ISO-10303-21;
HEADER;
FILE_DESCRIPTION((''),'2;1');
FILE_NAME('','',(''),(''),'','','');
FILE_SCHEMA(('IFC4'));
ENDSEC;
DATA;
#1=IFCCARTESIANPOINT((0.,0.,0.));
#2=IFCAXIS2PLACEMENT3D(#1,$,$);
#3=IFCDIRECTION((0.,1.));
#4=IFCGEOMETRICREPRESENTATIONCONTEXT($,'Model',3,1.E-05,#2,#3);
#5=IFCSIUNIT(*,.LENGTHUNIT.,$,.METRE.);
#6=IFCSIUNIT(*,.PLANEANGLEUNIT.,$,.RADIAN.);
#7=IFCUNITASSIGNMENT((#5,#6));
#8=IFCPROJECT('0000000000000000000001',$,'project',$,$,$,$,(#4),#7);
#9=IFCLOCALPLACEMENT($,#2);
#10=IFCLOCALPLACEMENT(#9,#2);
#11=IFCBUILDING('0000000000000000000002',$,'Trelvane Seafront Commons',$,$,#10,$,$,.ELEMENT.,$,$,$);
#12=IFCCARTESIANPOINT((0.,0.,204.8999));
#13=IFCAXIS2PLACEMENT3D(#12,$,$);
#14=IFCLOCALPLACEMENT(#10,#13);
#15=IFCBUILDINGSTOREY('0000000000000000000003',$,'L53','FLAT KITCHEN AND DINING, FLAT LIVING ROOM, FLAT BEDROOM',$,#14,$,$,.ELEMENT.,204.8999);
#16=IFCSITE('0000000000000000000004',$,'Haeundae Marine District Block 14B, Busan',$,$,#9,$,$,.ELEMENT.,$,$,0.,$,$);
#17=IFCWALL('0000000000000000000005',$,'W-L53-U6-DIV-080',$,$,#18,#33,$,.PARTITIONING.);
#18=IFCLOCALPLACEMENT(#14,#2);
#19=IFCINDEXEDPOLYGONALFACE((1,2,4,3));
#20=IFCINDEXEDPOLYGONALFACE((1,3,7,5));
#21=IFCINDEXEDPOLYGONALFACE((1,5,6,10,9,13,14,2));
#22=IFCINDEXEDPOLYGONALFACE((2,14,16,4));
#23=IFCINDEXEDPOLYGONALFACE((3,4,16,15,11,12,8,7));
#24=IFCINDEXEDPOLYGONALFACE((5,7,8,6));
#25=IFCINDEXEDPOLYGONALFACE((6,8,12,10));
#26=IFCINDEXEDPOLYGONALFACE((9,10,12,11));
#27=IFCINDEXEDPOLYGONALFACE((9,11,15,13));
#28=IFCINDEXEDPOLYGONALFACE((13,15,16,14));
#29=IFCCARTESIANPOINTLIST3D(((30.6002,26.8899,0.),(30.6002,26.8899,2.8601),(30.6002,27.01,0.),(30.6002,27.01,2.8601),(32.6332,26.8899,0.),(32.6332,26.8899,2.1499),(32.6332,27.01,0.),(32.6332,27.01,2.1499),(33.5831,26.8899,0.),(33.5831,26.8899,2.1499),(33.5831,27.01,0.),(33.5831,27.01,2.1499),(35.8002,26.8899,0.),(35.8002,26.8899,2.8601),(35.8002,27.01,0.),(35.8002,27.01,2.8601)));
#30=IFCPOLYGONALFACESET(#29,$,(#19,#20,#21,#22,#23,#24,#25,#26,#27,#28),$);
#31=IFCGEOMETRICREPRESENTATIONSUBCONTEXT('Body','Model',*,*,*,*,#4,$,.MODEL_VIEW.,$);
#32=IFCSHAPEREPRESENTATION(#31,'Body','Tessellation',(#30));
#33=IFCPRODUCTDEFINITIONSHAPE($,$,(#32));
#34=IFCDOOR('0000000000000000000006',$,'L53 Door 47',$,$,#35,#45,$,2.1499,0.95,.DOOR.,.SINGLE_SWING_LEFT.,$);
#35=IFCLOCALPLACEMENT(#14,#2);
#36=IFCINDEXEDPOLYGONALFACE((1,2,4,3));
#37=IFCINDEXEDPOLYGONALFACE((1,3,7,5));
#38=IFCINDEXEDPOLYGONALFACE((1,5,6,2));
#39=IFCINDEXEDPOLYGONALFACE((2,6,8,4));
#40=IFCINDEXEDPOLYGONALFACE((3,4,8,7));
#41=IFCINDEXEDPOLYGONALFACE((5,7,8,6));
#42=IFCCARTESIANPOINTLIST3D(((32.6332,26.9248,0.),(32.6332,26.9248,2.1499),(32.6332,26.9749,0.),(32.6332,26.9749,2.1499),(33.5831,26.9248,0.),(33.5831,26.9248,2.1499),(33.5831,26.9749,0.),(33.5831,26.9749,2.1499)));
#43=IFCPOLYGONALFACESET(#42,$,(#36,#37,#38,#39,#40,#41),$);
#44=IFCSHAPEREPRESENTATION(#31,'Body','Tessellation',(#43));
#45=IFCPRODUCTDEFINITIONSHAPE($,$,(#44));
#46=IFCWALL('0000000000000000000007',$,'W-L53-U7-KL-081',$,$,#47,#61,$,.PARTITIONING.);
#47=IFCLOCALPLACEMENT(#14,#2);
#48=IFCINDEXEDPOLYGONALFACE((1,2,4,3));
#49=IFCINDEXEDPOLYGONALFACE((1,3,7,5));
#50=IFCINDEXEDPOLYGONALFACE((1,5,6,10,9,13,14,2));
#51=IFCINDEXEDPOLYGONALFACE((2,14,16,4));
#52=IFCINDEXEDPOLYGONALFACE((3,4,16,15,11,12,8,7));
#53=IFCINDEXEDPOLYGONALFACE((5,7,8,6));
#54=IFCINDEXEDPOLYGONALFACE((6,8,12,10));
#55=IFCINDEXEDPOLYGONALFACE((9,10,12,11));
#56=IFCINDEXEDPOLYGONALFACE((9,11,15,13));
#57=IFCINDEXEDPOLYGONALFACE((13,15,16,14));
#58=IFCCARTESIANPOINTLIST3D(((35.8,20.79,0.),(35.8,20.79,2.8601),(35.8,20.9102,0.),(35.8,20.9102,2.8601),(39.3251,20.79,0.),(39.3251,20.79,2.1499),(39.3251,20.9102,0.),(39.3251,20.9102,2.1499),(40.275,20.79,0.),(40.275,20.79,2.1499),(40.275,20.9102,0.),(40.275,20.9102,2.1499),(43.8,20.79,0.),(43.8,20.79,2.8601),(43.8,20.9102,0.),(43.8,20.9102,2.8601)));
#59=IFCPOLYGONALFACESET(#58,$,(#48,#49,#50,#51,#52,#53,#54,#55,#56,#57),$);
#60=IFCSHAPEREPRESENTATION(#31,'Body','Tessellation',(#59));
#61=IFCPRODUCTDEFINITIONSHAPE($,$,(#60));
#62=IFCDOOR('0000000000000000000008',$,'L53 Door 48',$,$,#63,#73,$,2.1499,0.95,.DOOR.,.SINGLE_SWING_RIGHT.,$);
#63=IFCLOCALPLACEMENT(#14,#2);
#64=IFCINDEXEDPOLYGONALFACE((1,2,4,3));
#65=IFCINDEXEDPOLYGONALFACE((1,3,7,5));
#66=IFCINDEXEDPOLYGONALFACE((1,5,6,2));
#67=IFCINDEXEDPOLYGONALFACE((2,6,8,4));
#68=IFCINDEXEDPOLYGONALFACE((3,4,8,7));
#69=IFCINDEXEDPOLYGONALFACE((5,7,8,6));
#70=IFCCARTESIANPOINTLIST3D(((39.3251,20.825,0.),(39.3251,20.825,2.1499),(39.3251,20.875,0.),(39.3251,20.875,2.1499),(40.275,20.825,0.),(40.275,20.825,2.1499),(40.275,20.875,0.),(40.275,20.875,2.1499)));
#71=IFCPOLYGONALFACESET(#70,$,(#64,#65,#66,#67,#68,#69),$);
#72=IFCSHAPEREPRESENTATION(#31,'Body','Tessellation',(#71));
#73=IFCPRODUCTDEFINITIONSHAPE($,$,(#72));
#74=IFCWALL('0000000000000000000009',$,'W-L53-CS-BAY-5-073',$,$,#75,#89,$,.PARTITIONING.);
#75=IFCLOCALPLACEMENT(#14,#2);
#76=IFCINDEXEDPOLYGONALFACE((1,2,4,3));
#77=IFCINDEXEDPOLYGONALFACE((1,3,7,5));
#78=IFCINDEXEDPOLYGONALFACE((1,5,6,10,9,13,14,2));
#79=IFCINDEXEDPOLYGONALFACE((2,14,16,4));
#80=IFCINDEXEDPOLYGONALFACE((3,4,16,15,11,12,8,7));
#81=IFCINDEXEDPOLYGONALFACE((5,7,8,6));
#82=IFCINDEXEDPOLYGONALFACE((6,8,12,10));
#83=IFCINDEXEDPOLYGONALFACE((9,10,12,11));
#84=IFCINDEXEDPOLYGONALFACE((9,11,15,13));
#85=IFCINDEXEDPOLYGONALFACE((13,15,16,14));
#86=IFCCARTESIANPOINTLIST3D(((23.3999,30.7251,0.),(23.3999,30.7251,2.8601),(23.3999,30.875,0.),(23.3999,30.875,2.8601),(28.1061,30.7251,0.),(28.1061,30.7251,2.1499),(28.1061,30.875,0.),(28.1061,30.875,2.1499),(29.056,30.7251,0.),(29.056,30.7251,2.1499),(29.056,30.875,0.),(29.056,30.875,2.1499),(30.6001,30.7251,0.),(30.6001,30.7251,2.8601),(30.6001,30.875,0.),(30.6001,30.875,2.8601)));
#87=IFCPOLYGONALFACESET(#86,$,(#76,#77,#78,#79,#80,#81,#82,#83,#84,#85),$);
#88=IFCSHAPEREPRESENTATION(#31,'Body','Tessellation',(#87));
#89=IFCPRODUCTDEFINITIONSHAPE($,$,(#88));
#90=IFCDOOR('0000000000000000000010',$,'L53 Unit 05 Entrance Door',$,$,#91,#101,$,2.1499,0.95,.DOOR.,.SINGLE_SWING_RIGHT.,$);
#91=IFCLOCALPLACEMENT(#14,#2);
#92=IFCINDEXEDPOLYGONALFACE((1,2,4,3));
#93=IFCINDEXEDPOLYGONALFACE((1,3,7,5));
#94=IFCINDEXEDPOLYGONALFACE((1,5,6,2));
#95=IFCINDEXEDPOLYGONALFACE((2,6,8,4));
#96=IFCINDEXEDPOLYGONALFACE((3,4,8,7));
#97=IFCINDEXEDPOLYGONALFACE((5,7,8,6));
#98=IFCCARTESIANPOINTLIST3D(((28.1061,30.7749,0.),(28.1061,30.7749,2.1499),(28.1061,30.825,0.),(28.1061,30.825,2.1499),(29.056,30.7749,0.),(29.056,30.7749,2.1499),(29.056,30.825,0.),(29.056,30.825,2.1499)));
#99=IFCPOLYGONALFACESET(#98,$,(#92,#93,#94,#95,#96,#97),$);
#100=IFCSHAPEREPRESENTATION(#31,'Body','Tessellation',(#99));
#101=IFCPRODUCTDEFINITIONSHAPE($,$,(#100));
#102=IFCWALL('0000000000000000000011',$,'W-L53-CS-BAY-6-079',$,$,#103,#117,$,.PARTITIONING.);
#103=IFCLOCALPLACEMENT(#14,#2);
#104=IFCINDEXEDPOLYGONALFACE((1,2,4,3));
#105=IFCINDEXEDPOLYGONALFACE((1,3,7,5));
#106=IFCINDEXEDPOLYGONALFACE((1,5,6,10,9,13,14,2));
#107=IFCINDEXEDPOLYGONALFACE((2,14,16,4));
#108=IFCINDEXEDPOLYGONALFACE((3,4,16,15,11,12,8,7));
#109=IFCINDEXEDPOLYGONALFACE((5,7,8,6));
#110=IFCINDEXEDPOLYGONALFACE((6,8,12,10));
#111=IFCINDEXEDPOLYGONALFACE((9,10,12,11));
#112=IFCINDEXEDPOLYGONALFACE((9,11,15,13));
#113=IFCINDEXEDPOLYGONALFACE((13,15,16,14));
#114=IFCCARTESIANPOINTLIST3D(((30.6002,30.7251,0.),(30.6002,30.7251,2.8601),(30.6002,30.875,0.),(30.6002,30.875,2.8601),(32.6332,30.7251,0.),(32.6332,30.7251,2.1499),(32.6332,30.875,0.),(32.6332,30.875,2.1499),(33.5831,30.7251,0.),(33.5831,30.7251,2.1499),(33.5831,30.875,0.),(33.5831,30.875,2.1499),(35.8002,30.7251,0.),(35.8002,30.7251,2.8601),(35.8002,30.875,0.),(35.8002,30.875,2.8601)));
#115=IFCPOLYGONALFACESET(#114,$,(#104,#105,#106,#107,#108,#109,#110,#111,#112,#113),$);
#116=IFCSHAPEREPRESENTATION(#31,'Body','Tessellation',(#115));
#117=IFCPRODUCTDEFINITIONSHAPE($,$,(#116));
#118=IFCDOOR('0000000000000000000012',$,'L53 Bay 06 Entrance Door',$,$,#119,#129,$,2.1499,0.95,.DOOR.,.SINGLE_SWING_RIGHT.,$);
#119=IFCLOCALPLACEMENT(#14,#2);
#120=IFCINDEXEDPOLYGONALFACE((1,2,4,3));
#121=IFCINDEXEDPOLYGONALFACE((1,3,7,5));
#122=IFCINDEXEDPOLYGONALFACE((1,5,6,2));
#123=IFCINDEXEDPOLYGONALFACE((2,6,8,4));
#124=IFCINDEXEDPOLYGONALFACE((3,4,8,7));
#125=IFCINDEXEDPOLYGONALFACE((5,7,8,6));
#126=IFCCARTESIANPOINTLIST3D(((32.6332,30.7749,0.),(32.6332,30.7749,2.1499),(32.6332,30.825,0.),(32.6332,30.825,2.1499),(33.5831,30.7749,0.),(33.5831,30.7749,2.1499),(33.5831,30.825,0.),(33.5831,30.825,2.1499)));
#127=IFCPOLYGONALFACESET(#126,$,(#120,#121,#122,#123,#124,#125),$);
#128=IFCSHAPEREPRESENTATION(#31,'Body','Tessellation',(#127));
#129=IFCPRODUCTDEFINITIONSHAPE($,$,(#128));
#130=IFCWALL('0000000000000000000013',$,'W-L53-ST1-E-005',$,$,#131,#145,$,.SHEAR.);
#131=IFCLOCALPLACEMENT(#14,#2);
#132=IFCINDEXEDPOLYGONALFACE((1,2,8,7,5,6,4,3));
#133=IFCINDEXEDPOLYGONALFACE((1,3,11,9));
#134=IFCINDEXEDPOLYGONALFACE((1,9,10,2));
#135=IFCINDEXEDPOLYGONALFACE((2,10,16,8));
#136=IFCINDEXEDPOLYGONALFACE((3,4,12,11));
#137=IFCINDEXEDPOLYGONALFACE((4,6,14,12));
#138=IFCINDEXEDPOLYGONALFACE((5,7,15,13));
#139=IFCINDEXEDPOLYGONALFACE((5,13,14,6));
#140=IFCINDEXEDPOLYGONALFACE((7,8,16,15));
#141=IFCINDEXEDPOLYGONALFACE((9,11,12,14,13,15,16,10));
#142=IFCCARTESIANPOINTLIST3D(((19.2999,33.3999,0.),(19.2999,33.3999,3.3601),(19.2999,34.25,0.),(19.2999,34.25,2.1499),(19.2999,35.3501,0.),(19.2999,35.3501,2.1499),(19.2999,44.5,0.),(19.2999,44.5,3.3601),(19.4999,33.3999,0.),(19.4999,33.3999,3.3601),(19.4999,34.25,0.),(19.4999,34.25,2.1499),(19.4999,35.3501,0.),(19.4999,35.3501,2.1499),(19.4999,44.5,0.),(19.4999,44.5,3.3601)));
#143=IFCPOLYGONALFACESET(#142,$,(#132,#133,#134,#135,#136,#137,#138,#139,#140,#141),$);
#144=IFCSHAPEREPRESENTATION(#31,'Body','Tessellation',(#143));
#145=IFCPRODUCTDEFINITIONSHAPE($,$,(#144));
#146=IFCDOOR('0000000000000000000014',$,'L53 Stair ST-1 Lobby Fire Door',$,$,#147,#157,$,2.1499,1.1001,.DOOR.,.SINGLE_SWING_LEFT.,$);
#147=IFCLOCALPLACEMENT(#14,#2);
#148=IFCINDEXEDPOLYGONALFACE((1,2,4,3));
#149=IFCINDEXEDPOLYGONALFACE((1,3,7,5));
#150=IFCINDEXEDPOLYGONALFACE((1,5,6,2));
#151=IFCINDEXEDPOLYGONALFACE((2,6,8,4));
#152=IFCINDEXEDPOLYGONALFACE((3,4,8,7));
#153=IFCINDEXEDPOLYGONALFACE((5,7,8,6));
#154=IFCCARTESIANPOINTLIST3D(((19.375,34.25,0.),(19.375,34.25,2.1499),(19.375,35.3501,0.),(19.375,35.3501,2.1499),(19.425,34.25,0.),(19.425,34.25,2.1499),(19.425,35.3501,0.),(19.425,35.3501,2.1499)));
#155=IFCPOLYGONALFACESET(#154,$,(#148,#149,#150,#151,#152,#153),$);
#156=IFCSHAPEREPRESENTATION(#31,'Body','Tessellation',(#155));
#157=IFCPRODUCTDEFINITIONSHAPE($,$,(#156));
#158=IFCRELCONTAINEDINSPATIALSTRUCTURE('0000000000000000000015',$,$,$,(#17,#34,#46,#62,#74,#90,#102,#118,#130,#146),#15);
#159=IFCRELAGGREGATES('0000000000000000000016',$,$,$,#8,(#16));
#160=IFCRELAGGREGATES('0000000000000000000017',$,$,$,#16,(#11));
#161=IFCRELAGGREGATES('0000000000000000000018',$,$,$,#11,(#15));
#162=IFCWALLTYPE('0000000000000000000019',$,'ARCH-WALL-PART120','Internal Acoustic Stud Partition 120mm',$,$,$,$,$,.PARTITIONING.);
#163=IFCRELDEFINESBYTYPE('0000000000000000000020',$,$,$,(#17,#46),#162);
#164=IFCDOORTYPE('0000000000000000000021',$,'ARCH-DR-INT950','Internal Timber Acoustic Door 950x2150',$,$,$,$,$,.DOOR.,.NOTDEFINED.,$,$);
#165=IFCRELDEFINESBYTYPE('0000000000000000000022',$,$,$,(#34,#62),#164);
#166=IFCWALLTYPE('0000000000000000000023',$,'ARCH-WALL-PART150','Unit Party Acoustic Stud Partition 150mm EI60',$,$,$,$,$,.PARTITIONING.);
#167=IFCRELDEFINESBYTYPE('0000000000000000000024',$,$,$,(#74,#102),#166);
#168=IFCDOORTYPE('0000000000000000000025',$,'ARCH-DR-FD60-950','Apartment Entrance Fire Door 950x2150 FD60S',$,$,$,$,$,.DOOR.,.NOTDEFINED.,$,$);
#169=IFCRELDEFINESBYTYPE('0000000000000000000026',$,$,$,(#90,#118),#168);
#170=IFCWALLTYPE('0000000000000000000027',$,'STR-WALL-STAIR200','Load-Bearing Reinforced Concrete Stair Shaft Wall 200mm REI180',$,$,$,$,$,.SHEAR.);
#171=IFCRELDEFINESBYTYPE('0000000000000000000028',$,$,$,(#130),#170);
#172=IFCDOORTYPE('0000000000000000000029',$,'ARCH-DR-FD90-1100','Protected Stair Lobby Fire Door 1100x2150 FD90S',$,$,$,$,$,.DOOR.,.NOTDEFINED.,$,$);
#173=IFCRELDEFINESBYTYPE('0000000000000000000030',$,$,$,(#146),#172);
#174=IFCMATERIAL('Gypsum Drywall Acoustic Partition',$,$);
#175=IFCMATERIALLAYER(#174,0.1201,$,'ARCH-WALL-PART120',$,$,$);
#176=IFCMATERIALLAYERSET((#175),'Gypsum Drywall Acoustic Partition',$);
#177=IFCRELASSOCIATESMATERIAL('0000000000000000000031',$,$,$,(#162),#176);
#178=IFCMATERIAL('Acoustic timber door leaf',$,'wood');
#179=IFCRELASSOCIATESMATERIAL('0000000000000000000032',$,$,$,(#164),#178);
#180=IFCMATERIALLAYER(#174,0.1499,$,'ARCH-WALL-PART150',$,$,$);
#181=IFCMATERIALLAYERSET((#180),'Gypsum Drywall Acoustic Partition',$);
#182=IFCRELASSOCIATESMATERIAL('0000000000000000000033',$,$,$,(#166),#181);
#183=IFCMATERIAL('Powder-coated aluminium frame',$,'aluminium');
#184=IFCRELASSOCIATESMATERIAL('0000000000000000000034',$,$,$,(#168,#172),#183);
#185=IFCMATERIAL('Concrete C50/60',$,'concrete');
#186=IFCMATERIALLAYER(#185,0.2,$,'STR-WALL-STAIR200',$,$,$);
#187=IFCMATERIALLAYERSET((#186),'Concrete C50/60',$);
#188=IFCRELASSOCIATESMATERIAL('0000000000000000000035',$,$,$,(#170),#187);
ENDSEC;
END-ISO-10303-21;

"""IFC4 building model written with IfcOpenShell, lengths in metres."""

from ifc_helpers import new_model, si_unit, direction, frame, frame_2d, origin, place, context, subcontext, project, spatial, rectangle, extrude, source, transform, mapped, material, layer, layer_set, type_object, element, fill, save


model = new_model("IFC4")

# Units and contexts
model_context = context("Model", 3, precision=1e-05, world=origin(), true_north=direction((0.0, 1.0)))
body_context = subcontext(model_context, "Body", "Model", "MODEL_VIEW")
ifc_project = project(units=[si_unit("LENGTHUNIT", "METRE"), si_unit("PLANEANGLEUNIT", "RADIAN")], contexts=[model_context])

# Site, building, storey
site_placement = place(None, origin())
site = spatial("IfcSite", under=ifc_project, at=site_placement, Name="Haeundae Marine District Block 14B, Busan", CompositionType="ELEMENT", RefElevation=0.0)
building_placement = place(site_placement, origin())
building = spatial("IfcBuilding", under=site, at=building_placement, Name="Trelvane Seafront Commons", CompositionType="ELEMENT")
storey_placement = place(building_placement, frame((0.0, 0.0, 204.8999)))
storey = spatial("IfcBuildingStorey", under=building, at=storey_placement, Name="L53", Description="FLAT KITCHEN AND DINING, FLAT LIVING ROOM, FLAT BEDROOM", CompositionType="ELEMENT", Elevation=204.8999)

# Shared definitions
ifc_material_1 = material(Name="Concrete C50/60", Category="concrete")

# Shared definitions
ifc_material_2 = material(Name="Powder-coated aluminium frame", Category="aluminium")
ifc_material_3 = material(Name="Gypsum Drywall Acoustic Partition")
ifc_layer_1 = layer(ifc_material_3, 0.1201, Name="ARCH-WALL-PART120")
ifc_layer_set_1 = layer_set([ifc_layer_1], Name="Gypsum Drywall Acoustic Partition")
wall_type_1 = type_object("IfcWallType", Name="ARCH-WALL-PART120", Description="Internal Acoustic Stud Partition 120mm", PredefinedType="PARTITIONING", material=ifc_layer_set_1)
ifc_material_4 = material(Name="Acoustic timber door leaf", Category="wood")

# Walls, openings, doors
wall_1_placement = place(storey_placement, frame((30.6001, 26.95, 0.0), z_axis=(0.0, 0.0, 1.0), x_axis=(1.0, 0.0, 0.0)))
wall_1 = element("IfcWall", 1, at=wall_1_placement, inside=storey, type_object=wall_type_1, Name="W-L53-U6-DIV-080", PredefinedType="PARTITIONING", context=body_context, shape_type="SweptSolid", body=[
    extrude(rectangle(XDim=5.2, YDim=0.1201, at=frame_2d((2.6001, 0.0))), origin(), (0.0, 0.0, 1.0), 2.8601),
])
opening_1_placement = place(wall_1_placement, frame((2.033, 0.0, 0.0)))
opening_1 = element("IfcOpeningElement", 2, at=opening_1_placement, cuts=wall_1, PredefinedType="OPENING", context=body_context, shape_type="SweptSolid", body=[
    extrude(rectangle(XDim=0.95, YDim=2.1499, at=frame_2d((0.4751, 1.075))), frame((0.0, 0.0701, 0.0), z_axis=(0.0, -1.0, 0.0), x_axis=(1.0, 0.0, 0.0)), (0.0, 0.0, 1.0), 0.1401),
])
door_type_1 = type_object("IfcDoorType", Name="ARCH-DR-INT950", Description="Internal Timber Acoustic Door 950x2150", OperationType="NOTDEFINED", PredefinedType="DOOR", material=ifc_material_4)
shared_shape_1 = source(origin(), body_context, "Body", "SweptSolid", [
    extrude(rectangle(XDim=0.95, YDim=2.1499, at=frame_2d((0.4751, 1.075))), frame((0.0, 0.0249, 0.0), z_axis=(0.0, -1.0, 0.0), x_axis=(1.0, 0.0, 0.0)), (0.0, 0.0, 1.0), 0.05),
])
door_1_placement = place(opening_1_placement, origin())
door_1 = element("IfcDoor", 3, at=door_1_placement, inside=storey, type_object=door_type_1, Name="L53 Door 47", OperationType="SINGLE_SWING_LEFT", OverallHeight=2.1499, OverallWidth=0.95, PredefinedType="DOOR", context=body_context, shape_type="MappedRepresentation", body=[
    mapped(shared_shape_1, transform((0.0, 0.0, 0.0), x_axis=(1.0, 0.0, 0.0), y_axis=(0.0, 1.0, 0.0), z_axis=(0.0, 0.0, 1.0), scale=1.0)),
])
fill(opening_1, door_1)
wall_2_placement = place(storey_placement, frame((35.8, 20.8501, 0.0), z_axis=(0.0, 0.0, 1.0), x_axis=(1.0, 0.0, 0.0)))
wall_2 = element("IfcWall", 4, at=wall_2_placement, inside=storey, type_object=wall_type_1, Name="W-L53-U7-KL-081", PredefinedType="PARTITIONING", context=body_context, shape_type="SweptSolid", body=[
    extrude(rectangle(XDim=8.0, YDim=0.1201, at=frame_2d((4.0, 0.0))), origin(), (0.0, 0.0, 1.0), 2.8601),
])
opening_2_placement = place(wall_2_placement, frame((3.5249, 0.0, 0.0)))
opening_2 = element("IfcOpeningElement", 5, at=opening_2_placement, cuts=wall_2, PredefinedType="OPENING", context=body_context, shape_type="SweptSolid", body=[
    extrude(rectangle(XDim=0.95, YDim=2.1499, at=frame_2d((0.4751, 1.075))), frame((0.0, 0.0701, 0.0), z_axis=(0.0, -1.0, 0.0), x_axis=(1.0, 0.0, 0.0)), (0.0, 0.0, 1.0), 0.1401),
])
door_2_placement = place(opening_2_placement, origin())
door_2 = element("IfcDoor", 6, at=door_2_placement, inside=storey, type_object=door_type_1, Name="L53 Door 48", OperationType="SINGLE_SWING_RIGHT", OverallHeight=2.1499, OverallWidth=0.95, PredefinedType="DOOR", context=body_context, shape_type="MappedRepresentation", body=[
    mapped(shared_shape_1, transform((0.0, 0.0, 0.0), x_axis=(1.0, 0.0, 0.0), y_axis=(0.0, 1.0, 0.0), z_axis=(0.0, 0.0, 1.0), scale=1.0)),
])
fill(opening_2, door_2)
ifc_layer_2 = layer(ifc_material_3, 0.1499, Name="ARCH-WALL-PART150")
ifc_layer_set_2 = layer_set([ifc_layer_2], Name="Gypsum Drywall Acoustic Partition")
wall_type_2 = type_object("IfcWallType", Name="ARCH-WALL-PART150", Description="Unit Party Acoustic Stud Partition 150mm EI60", PredefinedType="PARTITIONING", material=ifc_layer_set_2)
door_type_2 = type_object("IfcDoorType", Name="ARCH-DR-FD60-950", Description="Apartment Entrance Fire Door 950x2150 FD60S", OperationType="NOTDEFINED", PredefinedType="DOOR", material=ifc_material_2)
wall_3_placement = place(storey_placement, frame((23.3999, 30.8, 0.0), z_axis=(0.0, 0.0, 1.0), x_axis=(1.0, 0.0, 0.0)))
wall_3 = element("IfcWall", 7, at=wall_3_placement, inside=storey, type_object=wall_type_2, Name="W-L53-CS-BAY-5-073", PredefinedType="PARTITIONING", context=body_context, shape_type="SweptSolid", body=[
    extrude(rectangle(XDim=7.2002, YDim=0.1499, at=frame_2d((3.6001, 0.0))), origin(), (0.0, 0.0, 1.0), 2.8601),
])
opening_3_placement = place(wall_3_placement, frame((4.7061, 0.0, 0.0)))
opening_3 = element("IfcOpeningElement", 8, at=opening_3_placement, cuts=wall_3, PredefinedType="OPENING", context=body_context, shape_type="SweptSolid", body=[
    extrude(rectangle(XDim=0.95, YDim=2.1499, at=frame_2d((0.4751, 1.075))), frame((0.0, 0.085, 0.0), z_axis=(0.0, -1.0, 0.0), x_axis=(1.0, 0.0, 0.0)), (0.0, 0.0, 1.0), 0.1699),
])
door_3_placement = place(opening_3_placement, origin())
door_3 = element("IfcDoor", 9, at=door_3_placement, inside=storey, type_object=door_type_2, Name="L53 Unit 05 Entrance Door", OperationType="SINGLE_SWING_RIGHT", OverallHeight=2.1499, OverallWidth=0.95, PredefinedType="DOOR", context=body_context, shape_type="MappedRepresentation", body=[
    mapped(shared_shape_1, transform((0.0, 0.0, 0.0), x_axis=(1.0, 0.0, 0.0), y_axis=(0.0, 1.0, 0.0), z_axis=(0.0, 0.0, 1.0), scale=1.0)),
])
fill(opening_3, door_3)
wall_4_placement = place(storey_placement, frame((30.6001, 30.8, 0.0), z_axis=(0.0, 0.0, 1.0), x_axis=(1.0, 0.0, 0.0)))
wall_4 = element("IfcWall", 10, at=wall_4_placement, inside=storey, type_object=wall_type_2, Name="W-L53-CS-BAY-6-079", PredefinedType="PARTITIONING", context=body_context, shape_type="SweptSolid", body=[
    extrude(rectangle(XDim=5.2, YDim=0.1499, at=frame_2d((2.6001, 0.0))), origin(), (0.0, 0.0, 1.0), 2.8601),
])
opening_4_placement = place(wall_4_placement, frame((2.033, 0.0, 0.0)))
opening_4 = element("IfcOpeningElement", 11, at=opening_4_placement, cuts=wall_4, PredefinedType="OPENING", context=body_context, shape_type="SweptSolid", body=[
    extrude(rectangle(XDim=0.95, YDim=2.1499, at=frame_2d((0.4751, 1.075))), frame((0.0, 0.085, 0.0), z_axis=(0.0, -1.0, 0.0), x_axis=(1.0, 0.0, 0.0)), (0.0, 0.0, 1.0), 0.1699),
])
door_4_placement = place(opening_4_placement, origin())
door_4 = element("IfcDoor", 12, at=door_4_placement, inside=storey, type_object=door_type_2, Name="L53 Bay 06 Entrance Door", OperationType="SINGLE_SWING_RIGHT", OverallHeight=2.1499, OverallWidth=0.95, PredefinedType="DOOR", context=body_context, shape_type="MappedRepresentation", body=[
    mapped(shared_shape_1, transform((0.0, 0.0, 0.0), x_axis=(1.0, 0.0, 0.0), y_axis=(0.0, 1.0, 0.0), z_axis=(0.0, 0.0, 1.0), scale=1.0)),
])
fill(opening_4, door_4)
ifc_layer_3 = layer(ifc_material_1, 0.2, Name="STR-WALL-STAIR200")
ifc_layer_set_3 = layer_set([ifc_layer_3], Name="Concrete C50/60")
wall_type_3 = type_object("IfcWallType", Name="STR-WALL-STAIR200", Description="Load-Bearing Reinforced Concrete Stair Shaft Wall 200mm REI180", PredefinedType="SHEAR", material=ifc_layer_set_3)
wall_5_placement = place(storey_placement, frame((19.3999, 33.3999, 0.0), z_axis=(0.0, 0.0, 1.0), x_axis=(0.0, 1.0, 0.0)))
wall_5 = element("IfcWall", 13, at=wall_5_placement, inside=storey, type_object=wall_type_3, Name="W-L53-ST1-E-005", PredefinedType="SHEAR", context=body_context, shape_type="SweptSolid", body=[
    extrude(rectangle(XDim=11.1001, YDim=0.2, at=frame_2d((5.55, 0.0))), origin(), (0.0, 0.0, 1.0), 3.3601),
])
opening_5_placement = place(wall_5_placement, frame((0.8501, 0.0, 0.0)))
opening_5 = element("IfcOpeningElement", 14, at=opening_5_placement, cuts=wall_5, PredefinedType="OPENING", context=body_context, shape_type="SweptSolid", body=[
    extrude(rectangle(XDim=1.1001, YDim=2.1499, at=frame_2d((0.55, 1.075))), frame((0.0, 0.1099, 0.0), z_axis=(0.0, -1.0, 0.0), x_axis=(1.0, 0.0, 0.0)), (0.0, 0.0, 1.0), 0.22),
])
door_type_3 = type_object("IfcDoorType", Name="ARCH-DR-FD90-1100", Description="Protected Stair Lobby Fire Door 1100x2150 FD90S", OperationType="NOTDEFINED", PredefinedType="DOOR", material=ifc_material_2)
shared_shape_2 = source(origin(), body_context, "Body", "SweptSolid", [
    extrude(rectangle(XDim=1.1001, YDim=2.1499, at=frame_2d((0.55, 1.075))), frame((0.0, 0.0249, 0.0), z_axis=(0.0, -1.0, 0.0), x_axis=(1.0, 0.0, 0.0)), (0.0, 0.0, 1.0), 0.05),
])
door_5_placement = place(opening_5_placement, origin())
door_5 = element("IfcDoor", 15, at=door_5_placement, inside=storey, type_object=door_type_3, Name="L53 Stair ST-1 Lobby Fire Door", OperationType="SINGLE_SWING_LEFT", OverallHeight=2.1499, OverallWidth=1.1001, PredefinedType="DOOR", context=body_context, shape_type="MappedRepresentation", body=[
    mapped(shared_shape_2, transform((0.0, 0.0, 0.0), x_axis=(1.0, 0.0, 0.0), y_axis=(0.0, 1.0, 0.0), z_axis=(0.0, 0.0, 1.0), scale=1.0)),
])
fill(opening_5, door_5)

save(model, "model.ifc")
